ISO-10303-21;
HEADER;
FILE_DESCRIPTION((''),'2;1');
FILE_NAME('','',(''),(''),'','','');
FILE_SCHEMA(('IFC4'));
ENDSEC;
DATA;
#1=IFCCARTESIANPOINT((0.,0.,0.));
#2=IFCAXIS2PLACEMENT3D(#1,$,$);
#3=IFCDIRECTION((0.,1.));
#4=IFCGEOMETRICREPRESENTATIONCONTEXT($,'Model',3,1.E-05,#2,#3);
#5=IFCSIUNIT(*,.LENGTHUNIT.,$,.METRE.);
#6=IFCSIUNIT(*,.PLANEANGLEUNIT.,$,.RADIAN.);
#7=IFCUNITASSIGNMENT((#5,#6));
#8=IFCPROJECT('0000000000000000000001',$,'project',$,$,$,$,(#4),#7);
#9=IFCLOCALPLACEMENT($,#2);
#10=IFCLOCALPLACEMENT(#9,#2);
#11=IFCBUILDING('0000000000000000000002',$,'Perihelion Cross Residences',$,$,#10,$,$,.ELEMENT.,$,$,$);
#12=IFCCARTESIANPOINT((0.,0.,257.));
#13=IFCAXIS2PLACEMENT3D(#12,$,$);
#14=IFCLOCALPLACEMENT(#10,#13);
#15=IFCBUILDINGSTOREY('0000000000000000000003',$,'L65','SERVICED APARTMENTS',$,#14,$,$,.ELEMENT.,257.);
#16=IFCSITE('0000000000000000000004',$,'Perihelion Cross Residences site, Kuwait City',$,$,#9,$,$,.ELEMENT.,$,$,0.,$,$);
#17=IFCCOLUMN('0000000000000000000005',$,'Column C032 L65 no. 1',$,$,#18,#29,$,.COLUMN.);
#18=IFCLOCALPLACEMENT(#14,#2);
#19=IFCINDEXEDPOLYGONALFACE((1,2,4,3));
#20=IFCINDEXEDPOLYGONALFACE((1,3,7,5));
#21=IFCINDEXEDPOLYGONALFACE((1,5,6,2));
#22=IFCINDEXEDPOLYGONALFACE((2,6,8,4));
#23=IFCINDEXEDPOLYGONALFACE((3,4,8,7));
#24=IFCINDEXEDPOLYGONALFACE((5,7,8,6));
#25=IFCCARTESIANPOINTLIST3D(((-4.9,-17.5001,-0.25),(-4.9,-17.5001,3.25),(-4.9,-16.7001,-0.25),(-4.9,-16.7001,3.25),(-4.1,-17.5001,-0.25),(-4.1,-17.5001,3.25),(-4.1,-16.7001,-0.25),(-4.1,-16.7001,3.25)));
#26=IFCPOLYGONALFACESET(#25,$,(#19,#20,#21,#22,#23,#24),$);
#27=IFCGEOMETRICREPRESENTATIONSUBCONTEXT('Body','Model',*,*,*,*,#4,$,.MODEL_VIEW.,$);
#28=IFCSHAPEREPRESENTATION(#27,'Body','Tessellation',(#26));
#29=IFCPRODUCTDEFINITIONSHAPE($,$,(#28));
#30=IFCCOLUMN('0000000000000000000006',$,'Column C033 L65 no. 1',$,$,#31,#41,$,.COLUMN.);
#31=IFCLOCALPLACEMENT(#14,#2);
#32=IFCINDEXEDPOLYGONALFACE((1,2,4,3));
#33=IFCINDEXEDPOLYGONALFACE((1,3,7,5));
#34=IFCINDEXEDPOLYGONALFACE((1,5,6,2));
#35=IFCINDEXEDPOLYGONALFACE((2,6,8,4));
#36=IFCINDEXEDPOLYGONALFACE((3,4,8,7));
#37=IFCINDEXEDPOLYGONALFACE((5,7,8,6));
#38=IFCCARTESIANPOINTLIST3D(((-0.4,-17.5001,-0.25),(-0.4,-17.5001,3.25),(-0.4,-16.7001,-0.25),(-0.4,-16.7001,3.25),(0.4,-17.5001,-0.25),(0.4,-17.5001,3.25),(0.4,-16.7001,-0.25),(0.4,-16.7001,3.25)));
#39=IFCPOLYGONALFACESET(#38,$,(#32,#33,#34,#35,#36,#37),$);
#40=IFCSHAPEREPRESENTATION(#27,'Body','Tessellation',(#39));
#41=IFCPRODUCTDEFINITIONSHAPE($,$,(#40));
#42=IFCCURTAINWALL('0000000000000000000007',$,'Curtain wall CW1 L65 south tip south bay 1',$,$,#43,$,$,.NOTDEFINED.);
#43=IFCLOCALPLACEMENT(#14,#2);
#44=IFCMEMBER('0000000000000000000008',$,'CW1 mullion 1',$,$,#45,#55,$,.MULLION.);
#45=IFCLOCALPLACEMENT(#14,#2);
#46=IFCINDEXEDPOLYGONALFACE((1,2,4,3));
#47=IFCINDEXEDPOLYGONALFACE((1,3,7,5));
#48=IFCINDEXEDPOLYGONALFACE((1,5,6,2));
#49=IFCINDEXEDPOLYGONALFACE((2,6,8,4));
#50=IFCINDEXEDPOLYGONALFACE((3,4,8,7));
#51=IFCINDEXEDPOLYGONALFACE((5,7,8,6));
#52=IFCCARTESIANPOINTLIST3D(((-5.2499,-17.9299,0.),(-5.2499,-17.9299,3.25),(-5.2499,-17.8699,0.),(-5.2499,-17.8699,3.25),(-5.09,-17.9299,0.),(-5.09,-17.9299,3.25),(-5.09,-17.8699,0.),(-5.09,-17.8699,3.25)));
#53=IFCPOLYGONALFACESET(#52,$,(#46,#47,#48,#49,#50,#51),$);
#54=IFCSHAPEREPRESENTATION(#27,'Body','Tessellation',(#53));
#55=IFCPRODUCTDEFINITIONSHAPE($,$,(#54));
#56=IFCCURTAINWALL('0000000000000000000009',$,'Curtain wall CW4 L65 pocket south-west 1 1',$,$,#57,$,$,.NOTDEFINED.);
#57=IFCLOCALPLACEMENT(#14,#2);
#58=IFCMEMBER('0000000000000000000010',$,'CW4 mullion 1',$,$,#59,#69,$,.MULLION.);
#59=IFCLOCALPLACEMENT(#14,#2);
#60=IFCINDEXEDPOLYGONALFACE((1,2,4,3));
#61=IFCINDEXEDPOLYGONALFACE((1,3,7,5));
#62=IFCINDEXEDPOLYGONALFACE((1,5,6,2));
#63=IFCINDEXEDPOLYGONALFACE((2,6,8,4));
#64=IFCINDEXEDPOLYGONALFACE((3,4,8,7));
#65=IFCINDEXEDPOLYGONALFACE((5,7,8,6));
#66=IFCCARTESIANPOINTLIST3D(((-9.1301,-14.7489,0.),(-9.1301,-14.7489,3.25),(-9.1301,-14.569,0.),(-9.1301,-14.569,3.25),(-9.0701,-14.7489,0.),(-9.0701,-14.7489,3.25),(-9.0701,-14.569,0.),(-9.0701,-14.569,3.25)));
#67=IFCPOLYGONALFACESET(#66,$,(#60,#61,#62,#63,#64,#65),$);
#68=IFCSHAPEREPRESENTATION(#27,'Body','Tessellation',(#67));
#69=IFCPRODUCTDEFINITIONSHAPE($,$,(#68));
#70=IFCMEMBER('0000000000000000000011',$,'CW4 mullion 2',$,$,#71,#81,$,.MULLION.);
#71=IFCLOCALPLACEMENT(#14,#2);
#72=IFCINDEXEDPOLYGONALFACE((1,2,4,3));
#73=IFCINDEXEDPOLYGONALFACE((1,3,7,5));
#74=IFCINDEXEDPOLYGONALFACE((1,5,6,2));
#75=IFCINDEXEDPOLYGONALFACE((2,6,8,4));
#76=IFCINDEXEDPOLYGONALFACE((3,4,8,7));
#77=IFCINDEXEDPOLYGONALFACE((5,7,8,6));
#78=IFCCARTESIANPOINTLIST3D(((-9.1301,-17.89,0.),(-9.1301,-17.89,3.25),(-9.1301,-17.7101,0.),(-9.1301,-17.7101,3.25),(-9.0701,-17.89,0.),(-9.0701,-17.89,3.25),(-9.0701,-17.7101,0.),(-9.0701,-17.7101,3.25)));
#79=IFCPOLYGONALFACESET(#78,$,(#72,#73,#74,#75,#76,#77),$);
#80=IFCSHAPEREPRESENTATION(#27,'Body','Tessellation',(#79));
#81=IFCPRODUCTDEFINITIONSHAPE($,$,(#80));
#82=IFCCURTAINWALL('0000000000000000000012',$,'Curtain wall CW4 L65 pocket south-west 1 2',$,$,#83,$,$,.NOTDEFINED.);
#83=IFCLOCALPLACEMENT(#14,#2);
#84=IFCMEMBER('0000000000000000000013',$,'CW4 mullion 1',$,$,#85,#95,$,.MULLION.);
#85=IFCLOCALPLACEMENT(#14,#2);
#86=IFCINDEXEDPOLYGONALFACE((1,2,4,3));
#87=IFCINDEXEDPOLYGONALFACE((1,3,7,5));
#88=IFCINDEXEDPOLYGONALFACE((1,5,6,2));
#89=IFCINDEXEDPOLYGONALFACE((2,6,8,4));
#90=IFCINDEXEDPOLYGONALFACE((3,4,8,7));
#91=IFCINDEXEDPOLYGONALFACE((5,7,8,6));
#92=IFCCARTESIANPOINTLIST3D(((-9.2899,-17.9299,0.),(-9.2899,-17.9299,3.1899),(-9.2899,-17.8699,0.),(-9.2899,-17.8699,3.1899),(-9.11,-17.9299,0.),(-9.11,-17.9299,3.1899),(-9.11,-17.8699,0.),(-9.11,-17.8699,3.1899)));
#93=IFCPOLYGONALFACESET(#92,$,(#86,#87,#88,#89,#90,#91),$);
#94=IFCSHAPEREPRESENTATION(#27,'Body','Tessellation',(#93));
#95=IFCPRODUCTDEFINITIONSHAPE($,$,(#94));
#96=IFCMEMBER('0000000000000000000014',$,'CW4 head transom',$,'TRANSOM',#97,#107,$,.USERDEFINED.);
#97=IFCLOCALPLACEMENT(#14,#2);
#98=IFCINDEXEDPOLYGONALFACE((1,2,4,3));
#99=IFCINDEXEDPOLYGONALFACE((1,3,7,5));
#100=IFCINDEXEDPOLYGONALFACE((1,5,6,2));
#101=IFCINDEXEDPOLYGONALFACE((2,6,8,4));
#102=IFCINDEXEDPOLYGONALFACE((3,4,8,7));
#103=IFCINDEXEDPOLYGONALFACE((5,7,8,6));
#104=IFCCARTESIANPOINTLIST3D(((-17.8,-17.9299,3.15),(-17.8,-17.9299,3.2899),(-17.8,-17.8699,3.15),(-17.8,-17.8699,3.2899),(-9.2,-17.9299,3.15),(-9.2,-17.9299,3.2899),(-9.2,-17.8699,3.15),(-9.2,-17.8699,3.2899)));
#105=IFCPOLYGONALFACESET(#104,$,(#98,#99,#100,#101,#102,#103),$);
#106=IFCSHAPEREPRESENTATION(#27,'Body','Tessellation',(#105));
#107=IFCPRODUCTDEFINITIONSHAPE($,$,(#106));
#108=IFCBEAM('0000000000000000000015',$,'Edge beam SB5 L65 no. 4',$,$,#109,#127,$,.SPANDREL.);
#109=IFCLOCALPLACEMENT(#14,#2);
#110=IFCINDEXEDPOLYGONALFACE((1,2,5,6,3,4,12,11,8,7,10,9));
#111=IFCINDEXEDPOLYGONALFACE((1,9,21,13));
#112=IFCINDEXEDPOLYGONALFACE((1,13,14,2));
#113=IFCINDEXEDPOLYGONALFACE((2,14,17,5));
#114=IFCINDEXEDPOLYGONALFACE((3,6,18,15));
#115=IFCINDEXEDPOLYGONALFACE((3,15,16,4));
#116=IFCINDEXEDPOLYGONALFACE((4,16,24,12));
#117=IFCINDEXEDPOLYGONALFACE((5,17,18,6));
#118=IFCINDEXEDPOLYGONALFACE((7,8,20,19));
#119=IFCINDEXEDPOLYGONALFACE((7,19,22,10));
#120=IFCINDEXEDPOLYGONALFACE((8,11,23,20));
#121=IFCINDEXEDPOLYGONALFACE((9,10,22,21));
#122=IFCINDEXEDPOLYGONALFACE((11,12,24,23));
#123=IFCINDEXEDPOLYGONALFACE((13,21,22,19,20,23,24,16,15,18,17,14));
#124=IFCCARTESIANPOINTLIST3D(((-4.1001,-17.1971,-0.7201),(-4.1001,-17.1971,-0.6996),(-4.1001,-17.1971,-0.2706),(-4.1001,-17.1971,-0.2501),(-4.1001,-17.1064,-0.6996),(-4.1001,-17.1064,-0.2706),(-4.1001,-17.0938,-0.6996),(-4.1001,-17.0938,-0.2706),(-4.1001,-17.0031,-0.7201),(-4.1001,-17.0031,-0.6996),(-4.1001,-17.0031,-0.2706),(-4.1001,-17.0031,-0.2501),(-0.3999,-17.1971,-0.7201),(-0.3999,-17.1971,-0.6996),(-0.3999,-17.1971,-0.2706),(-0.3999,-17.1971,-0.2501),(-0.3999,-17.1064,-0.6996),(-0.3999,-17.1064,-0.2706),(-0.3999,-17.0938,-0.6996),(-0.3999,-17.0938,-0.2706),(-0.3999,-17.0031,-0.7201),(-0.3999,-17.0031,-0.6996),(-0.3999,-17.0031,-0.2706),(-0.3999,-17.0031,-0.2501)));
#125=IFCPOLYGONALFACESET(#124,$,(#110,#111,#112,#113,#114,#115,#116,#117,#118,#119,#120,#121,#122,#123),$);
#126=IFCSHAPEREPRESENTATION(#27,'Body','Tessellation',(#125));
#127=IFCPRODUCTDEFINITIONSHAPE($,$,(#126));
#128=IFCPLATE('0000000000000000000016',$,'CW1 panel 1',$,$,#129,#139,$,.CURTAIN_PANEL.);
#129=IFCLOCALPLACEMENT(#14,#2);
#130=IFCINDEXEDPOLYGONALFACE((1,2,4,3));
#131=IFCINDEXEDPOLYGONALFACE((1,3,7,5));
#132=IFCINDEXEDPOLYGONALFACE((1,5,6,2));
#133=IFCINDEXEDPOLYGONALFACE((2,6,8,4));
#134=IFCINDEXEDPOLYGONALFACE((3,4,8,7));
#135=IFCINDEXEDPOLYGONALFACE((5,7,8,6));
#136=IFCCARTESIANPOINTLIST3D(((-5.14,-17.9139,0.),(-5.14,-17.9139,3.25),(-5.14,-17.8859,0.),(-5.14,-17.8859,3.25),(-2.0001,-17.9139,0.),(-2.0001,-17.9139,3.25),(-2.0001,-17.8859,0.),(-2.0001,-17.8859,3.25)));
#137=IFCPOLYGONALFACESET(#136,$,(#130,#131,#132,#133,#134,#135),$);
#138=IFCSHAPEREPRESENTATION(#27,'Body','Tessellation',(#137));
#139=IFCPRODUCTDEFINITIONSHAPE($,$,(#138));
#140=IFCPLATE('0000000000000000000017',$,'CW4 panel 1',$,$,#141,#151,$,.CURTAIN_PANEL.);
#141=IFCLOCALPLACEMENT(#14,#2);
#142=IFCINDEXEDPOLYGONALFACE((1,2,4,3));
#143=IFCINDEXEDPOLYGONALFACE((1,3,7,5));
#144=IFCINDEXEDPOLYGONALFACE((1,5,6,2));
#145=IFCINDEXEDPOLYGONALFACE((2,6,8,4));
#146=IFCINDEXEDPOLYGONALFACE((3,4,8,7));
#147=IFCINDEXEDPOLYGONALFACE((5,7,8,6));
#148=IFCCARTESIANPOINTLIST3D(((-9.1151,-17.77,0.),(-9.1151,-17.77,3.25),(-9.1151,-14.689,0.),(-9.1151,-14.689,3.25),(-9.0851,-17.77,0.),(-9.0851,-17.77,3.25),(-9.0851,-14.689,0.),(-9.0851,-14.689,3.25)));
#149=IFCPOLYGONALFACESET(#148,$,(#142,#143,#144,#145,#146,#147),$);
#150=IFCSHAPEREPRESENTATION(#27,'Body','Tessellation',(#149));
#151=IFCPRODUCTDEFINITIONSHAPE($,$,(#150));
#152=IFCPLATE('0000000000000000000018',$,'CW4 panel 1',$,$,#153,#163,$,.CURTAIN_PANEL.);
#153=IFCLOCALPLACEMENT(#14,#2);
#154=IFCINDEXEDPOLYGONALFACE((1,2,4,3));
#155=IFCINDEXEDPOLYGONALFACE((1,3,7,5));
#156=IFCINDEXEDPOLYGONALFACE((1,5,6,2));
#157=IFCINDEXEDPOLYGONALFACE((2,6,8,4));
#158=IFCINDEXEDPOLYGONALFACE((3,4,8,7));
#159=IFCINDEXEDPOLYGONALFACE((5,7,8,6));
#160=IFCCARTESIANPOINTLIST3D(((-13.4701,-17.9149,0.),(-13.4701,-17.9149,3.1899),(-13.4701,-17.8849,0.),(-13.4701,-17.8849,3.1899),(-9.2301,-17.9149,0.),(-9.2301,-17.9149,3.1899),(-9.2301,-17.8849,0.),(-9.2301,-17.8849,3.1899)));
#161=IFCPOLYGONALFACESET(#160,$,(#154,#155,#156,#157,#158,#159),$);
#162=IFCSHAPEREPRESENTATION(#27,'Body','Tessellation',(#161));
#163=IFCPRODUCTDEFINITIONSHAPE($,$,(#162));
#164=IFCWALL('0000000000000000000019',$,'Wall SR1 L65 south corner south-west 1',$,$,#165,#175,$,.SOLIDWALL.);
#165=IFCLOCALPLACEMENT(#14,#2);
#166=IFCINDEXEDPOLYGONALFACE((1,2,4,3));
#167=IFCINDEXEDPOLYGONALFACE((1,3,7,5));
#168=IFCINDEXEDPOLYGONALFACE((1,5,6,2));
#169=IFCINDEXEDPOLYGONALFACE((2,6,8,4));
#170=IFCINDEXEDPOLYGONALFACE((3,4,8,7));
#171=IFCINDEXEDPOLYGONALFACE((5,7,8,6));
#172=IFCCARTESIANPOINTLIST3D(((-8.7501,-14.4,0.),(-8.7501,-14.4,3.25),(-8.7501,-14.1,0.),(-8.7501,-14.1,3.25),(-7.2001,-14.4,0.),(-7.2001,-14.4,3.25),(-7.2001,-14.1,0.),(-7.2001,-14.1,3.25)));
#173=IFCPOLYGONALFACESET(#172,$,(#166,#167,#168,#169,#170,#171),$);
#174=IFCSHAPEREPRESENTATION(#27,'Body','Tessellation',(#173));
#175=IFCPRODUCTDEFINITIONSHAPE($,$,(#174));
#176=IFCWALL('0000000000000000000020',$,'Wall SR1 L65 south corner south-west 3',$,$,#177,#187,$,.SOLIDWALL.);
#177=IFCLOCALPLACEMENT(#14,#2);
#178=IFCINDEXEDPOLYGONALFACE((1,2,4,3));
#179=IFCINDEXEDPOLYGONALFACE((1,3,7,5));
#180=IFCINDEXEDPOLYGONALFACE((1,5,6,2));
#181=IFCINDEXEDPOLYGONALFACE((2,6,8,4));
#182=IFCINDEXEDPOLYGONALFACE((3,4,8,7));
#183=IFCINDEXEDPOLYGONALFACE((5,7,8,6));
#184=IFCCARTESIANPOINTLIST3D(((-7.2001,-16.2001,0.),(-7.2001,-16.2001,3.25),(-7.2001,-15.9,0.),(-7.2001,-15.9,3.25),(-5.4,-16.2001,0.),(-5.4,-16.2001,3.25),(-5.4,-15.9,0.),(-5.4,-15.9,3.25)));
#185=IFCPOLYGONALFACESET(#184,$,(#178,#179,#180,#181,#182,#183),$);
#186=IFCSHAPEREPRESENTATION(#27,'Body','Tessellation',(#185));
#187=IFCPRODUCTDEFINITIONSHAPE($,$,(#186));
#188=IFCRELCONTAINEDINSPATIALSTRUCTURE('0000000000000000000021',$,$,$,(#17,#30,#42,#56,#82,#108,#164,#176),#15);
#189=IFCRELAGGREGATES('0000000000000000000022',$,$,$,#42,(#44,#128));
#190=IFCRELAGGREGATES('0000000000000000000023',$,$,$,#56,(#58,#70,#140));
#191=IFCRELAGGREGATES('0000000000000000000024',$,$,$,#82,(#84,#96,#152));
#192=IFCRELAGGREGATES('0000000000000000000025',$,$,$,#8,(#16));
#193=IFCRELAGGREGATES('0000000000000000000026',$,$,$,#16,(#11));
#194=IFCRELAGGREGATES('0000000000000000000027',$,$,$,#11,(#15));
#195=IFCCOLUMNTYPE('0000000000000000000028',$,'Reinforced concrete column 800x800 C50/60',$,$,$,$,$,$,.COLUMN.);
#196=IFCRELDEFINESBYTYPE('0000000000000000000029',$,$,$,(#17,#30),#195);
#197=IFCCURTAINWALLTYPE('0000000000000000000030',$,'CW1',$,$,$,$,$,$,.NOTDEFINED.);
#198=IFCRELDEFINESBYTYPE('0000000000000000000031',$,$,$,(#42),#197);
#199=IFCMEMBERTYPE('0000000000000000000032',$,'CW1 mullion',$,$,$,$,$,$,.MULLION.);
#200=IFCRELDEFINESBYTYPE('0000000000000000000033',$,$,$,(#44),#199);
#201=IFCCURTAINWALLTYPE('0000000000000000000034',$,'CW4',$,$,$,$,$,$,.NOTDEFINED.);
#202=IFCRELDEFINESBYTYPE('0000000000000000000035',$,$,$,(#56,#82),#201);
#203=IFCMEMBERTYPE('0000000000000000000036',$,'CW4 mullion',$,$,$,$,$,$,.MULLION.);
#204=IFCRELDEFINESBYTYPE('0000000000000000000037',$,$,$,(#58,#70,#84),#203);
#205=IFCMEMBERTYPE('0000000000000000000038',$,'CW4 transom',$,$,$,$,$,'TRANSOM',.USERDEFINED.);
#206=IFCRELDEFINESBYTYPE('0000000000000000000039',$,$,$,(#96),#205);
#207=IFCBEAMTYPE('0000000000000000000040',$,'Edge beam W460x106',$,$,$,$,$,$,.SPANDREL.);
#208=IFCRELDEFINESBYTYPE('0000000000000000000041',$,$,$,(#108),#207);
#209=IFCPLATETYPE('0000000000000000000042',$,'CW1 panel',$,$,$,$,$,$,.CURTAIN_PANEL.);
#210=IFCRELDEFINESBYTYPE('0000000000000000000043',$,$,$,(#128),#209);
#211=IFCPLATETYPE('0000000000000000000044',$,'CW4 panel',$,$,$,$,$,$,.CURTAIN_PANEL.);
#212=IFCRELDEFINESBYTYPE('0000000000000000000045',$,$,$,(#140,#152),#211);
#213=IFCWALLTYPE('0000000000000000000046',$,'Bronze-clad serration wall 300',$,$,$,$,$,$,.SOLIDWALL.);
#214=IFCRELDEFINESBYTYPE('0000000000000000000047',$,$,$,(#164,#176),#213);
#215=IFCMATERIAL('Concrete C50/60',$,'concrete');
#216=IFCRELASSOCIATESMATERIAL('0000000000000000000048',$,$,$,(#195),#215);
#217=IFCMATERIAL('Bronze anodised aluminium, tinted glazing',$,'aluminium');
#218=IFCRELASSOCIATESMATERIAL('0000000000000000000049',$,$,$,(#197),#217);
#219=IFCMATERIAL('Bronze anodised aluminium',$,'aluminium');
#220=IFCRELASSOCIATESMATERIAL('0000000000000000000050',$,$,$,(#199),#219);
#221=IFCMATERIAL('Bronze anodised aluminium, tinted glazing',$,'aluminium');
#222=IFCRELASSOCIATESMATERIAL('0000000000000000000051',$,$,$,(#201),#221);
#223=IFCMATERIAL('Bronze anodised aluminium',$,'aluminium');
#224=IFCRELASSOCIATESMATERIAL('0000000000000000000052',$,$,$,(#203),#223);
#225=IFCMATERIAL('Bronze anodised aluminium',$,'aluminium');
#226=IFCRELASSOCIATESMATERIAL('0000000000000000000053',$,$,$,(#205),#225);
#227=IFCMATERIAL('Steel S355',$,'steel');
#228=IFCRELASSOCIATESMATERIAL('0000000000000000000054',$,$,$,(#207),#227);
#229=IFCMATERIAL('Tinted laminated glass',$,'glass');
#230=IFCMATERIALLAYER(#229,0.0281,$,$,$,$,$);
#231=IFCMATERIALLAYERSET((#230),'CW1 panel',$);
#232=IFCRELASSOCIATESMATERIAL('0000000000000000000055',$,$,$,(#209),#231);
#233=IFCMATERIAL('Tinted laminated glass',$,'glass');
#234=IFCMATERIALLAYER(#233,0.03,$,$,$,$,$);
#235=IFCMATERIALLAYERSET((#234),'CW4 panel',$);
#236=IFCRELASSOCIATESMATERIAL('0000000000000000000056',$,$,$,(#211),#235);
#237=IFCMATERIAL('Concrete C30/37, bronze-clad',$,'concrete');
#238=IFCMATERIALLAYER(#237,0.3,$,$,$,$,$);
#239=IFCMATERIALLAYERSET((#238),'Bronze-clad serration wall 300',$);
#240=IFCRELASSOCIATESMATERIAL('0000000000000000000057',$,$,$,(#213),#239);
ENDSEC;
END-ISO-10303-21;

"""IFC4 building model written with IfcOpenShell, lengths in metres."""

from ifc_helpers import new_model, si_unit, direction, frame, frame_2d, origin, origin_2d, place, context, subcontext, project, spatial, rectangle, i_section, extrude, material, layer, layer_set, material_profile, profile_set, type_object, element, aggregate, save


model = new_model("IFC4")

# Units and contexts
model_context = context("Model", 3, precision=1e-05, world=origin(), true_north=direction((0.0, 1.0)))
body_context = subcontext(model_context, "Body", "Model", "MODEL_VIEW")
ifc_project = project(units=[si_unit("LENGTHUNIT", "METRE"), si_unit("PLANEANGLEUNIT", "RADIAN")], contexts=[model_context])

# Site, building, storey
site_placement = place(None, origin())
site = spatial("IfcSite", under=ifc_project, at=site_placement, Name="Perihelion Cross Residences site, Kuwait City", CompositionType="ELEMENT", RefElevation=0.0)
building_placement = place(site_placement, origin())
building = spatial("IfcBuilding", under=site, at=building_placement, Name="Perihelion Cross Residences", CompositionType="ELEMENT")
storey_placement = place(building_placement, frame((0.0, 0.0, 257.0)))
storey = spatial("IfcBuildingStorey", under=building, at=storey_placement, Name="L65", Description="SERVICED APARTMENTS", CompositionType="ELEMENT", Elevation=257.0)

# Columns
ifc_material_1 = material(Name="Concrete C50/60", Category="concrete")
ifc_material_profile_1 = material_profile(ifc_material_1, rectangle(XDim=0.8, YDim=0.8, at=origin_2d()), Name="RC 800x800")
ifc_profile_set_1 = profile_set([ifc_material_profile_1], Name="Concrete C50/60")
column_type = type_object("IfcColumnType", Name="Reinforced concrete column 800x800 C50/60", PredefinedType="COLUMN", material=ifc_profile_set_1)
for number, where, z_axis, x_axis, name in (
    (1, (-4.5, -17.1001, -0.25), (0.0, 0.0, 1.0), (1.0, 0.0, 0.0), "Column C032 L65 no. 1"),
    (2, (0.0, -17.1001, -0.25), (0.0, 0.0, 1.0), (1.0, 0.0, 0.0), "Column C033 L65 no. 1"),
):
    element("IfcColumn", number, at=place(storey_placement, frame(where, z_axis=z_axis, x_axis=x_axis)), inside=storey, type_object=column_type, Name=name, PredefinedType="COLUMN", context=body_context, shape_type="SweptSolid", body=[
        extrude(rectangle(XDim=0.8, YDim=0.8, at=origin_2d()), origin(), (0.0, 0.0, 1.0), 3.5),
    ])

# Curtain wall, member
ifc_material_2 = material(Name="Bronze anodised aluminium, tinted glazing", Category="aluminium")
curtain_wall_type_1 = type_object("IfcCurtainWallType", Name="CW1", PredefinedType="NOTDEFINED", material=ifc_material_2)
curtain_wall_1_placement = place(storey_placement, origin())
curtain_wall_1 = element("IfcCurtainWall", 3, at=curtain_wall_1_placement, inside=storey, type_object=curtain_wall_type_1, Name="Curtain wall CW1 L65 south tip south bay 1", PredefinedType="NOTDEFINED")
ifc_material_3 = material(Name="Bronze anodised aluminium", Category="aluminium")
ifc_material_profile_2 = material_profile(ifc_material_3, rectangle(XDim=0.0601, YDim=0.1599, at=origin_2d()), Name="CW1 mullion")
ifc_profile_set_2 = profile_set([ifc_material_profile_2], Name="Bronze anodised aluminium")
member_type_1 = type_object("IfcMemberType", Name="CW1 mullion", PredefinedType="MULLION", material=ifc_profile_set_2)
member_1_placement = place(storey_placement, frame((-5.1699, -17.8999, 0.0), z_axis=(0.0, 0.0, 1.0), x_axis=(0.0, 1.0, 0.0)))
member_1 = element("IfcMember", 4, at=member_1_placement, type_object=member_type_1, Name="CW1 mullion 1", PredefinedType="MULLION", context=body_context, shape_type="SweptSolid", body=[
    extrude(rectangle(XDim=0.0601, YDim=0.1599, at=origin_2d()), origin(), (0.0, 0.0, 1.0), 3.25),
])

# Curtain walls, members
ifc_material_4 = material(Name="Bronze anodised aluminium, tinted glazing", Category="aluminium")
curtain_wall_type_2 = type_object("IfcCurtainWallType", Name="CW4", PredefinedType="NOTDEFINED", material=ifc_material_4)
curtain_wall_2_placement = place(storey_placement, origin())
curtain_wall_2 = element("IfcCurtainWall", 5, at=curtain_wall_2_placement, inside=storey, type_object=curtain_wall_type_2, Name="Curtain wall CW4 L65 pocket south-west 1 1", PredefinedType="NOTDEFINED")
ifc_material_5 = material(Name="Bronze anodised aluminium", Category="aluminium")
ifc_material_profile_3 = material_profile(ifc_material_5, rectangle(XDim=0.0601, YDim=0.1799, at=origin_2d()), Name="CW4 mullion")
ifc_profile_set_3 = profile_set([ifc_material_profile_3], Name="Bronze anodised aluminium")
member_type_2 = type_object("IfcMemberType", Name="CW4 mullion", PredefinedType="MULLION", material=ifc_profile_set_3)
member_2_placement = place(storey_placement, frame((-9.1001, -14.6589, 0.0), z_axis=(0.0, 0.0, 1.0), x_axis=(1.0, 0.0, 0.0)))
member_2 = element("IfcMember", 6, at=member_2_placement, type_object=member_type_2, Name="CW4 mullion 1", PredefinedType="MULLION", context=body_context, shape_type="SweptSolid", body=[
    extrude(rectangle(XDim=0.0601, YDim=0.1799, at=origin_2d()), origin(), (0.0, 0.0, 1.0), 3.25),
])
member_3_placement = place(storey_placement, frame((-9.1001, -17.8, 0.0), z_axis=(0.0, 0.0, 1.0), x_axis=(1.0, 0.0, 0.0)))
member_3 = element("IfcMember", 7, at=member_3_placement, type_object=member_type_2, Name="CW4 mullion 2", PredefinedType="MULLION", context=body_context, shape_type="SweptSolid", body=[
    extrude(rectangle(XDim=0.0601, YDim=0.1799, at=origin_2d()), origin(), (0.0, 0.0, 1.0), 3.25),
])
curtain_wall_3_placement = place(storey_placement, origin())
curtain_wall_3 = element("IfcCurtainWall", 8, at=curtain_wall_3_placement, inside=storey, type_object=curtain_wall_type_2, Name="Curtain wall CW4 L65 pocket south-west 1 2", PredefinedType="NOTDEFINED")
member_4_placement = place(storey_placement, frame((-9.2, -17.8999, 0.0), z_axis=(0.0, 0.0, 1.0), x_axis=(0.0, -1.0, 0.0)))
member_4 = element("IfcMember", 9, at=member_4_placement, type_object=member_type_2, Name="CW4 mullion 1", PredefinedType="MULLION", context=body_context, shape_type="SweptSolid", body=[
    extrude(rectangle(XDim=0.0601, YDim=0.1799, at=origin_2d()), origin(), (0.0, 0.0, 1.0), 3.1899),
])
ifc_material_6 = material(Name="Bronze anodised aluminium", Category="aluminium")
ifc_material_profile_4 = material_profile(ifc_material_6, rectangle(XDim=0.0601, YDim=0.1399, at=origin_2d()), Name="CW4 transom")
ifc_profile_set_4 = profile_set([ifc_material_profile_4], Name="Bronze anodised aluminium")
member_type_3 = type_object("IfcMemberType", Name="CW4 transom", ElementType="TRANSOM", PredefinedType="USERDEFINED", material=ifc_profile_set_4)
member_5_placement = place(storey_placement, frame((-9.2, -17.8999, 3.22), z_axis=(-1.0, 0.0, 0.0), x_axis=(0.0, -1.0, 0.0)))
member_5 = element("IfcMember", 10, at=member_5_placement, type_object=member_type_3, Name="CW4 head transom", ObjectType="TRANSOM", PredefinedType="USERDEFINED", context=body_context, shape_type="SweptSolid", body=[
    extrude(rectangle(XDim=0.0601, YDim=0.1399, at=origin_2d()), origin(), (0.0, 0.0, 1.0), 8.6001),
])

# Beam
ifc_material_7 = material(Name="Steel S355", Category="steel")
ifc_material_profile_5 = material_profile(ifc_material_7, i_section(OverallWidth=0.1941, OverallDepth=0.47, WebThickness=0.0127, FlangeThickness=0.0205, at=origin_2d()), Name="W460x106")
ifc_profile_set_5 = profile_set([ifc_material_profile_5], Name="Steel S355")
beam_type = type_object("IfcBeamType", Name="Edge beam W460x106", PredefinedType="SPANDREL", material=ifc_profile_set_5)
beam_placement = place(storey_placement, frame((-4.1001, -17.1001, -0.4851), z_axis=(1.0, 0.0, 0.0), x_axis=(0.0, 1.0, 0.0)))
element("IfcBeam", 11, at=beam_placement, inside=storey, type_object=beam_type, Name="Edge beam SB5 L65 no. 4", PredefinedType="SPANDREL", context=body_context, shape_type="SweptSolid", body=[
    extrude(i_section(OverallWidth=0.1941, OverallDepth=0.47, WebThickness=0.0127, FlangeThickness=0.0205, at=origin_2d()), origin(), (0.0, 0.0, 1.0), 3.7002),
])

# Plates
ifc_material_8 = material(Name="Tinted laminated glass", Category="glass")
ifc_layer_1 = layer(ifc_material_8, 0.0281)
ifc_layer_set_1 = layer_set([ifc_layer_1], Name="CW1 panel")
plate_type_1 = type_object("IfcPlateType", Name="CW1 panel", PredefinedType="CURTAIN_PANEL", material=ifc_layer_set_1)
plate_1_placement = place(storey_placement, frame((-3.5701, -17.8999, 0.0), z_axis=(0.0, 0.0, 1.0), x_axis=(1.0, 0.0, 0.0)))
plate_1 = element("IfcPlate", 12, at=plate_1_placement, type_object=plate_type_1, Name="CW1 panel 1", PredefinedType="CURTAIN_PANEL", context=body_context, shape_type="SweptSolid", body=[
    extrude(rectangle(XDim=3.1399, YDim=0.0281, at=origin_2d()), origin(), (0.0, 0.0, 1.0), 3.25),
])
aggregate(curtain_wall_1, [member_1, plate_1])
ifc_material_9 = material(Name="Tinted laminated glass", Category="glass")
ifc_layer_2 = layer(ifc_material_9, 0.03)
ifc_layer_set_2 = layer_set([ifc_layer_2], Name="CW4 panel")
plate_type_2 = type_object("IfcPlateType", Name="CW4 panel", PredefinedType="CURTAIN_PANEL", material=ifc_layer_set_2)
plate_2_placement = place(storey_placement, frame((-9.1001, -16.2295, 0.0), z_axis=(0.0, 0.0, 1.0), x_axis=(0.0, -1.0, 0.0)))
plate_2 = element("IfcPlate", 13, at=plate_2_placement, type_object=plate_type_2, Name="CW4 panel 1", PredefinedType="CURTAIN_PANEL", context=body_context, shape_type="SweptSolid", body=[
    extrude(rectangle(XDim=3.0811, YDim=0.03, at=origin_2d()), origin(), (0.0, 0.0, 1.0), 3.25),
])
aggregate(curtain_wall_2, [member_2, member_3, plate_2])
plate_3_placement = place(storey_placement, frame((-11.3501, -17.8999, 0.0), z_axis=(0.0, 0.0, 1.0), x_axis=(-1.0, 0.0, 0.0)))
plate_3 = element("IfcPlate", 14, at=plate_3_placement, type_object=plate_type_2, Name="CW4 panel 1", PredefinedType="CURTAIN_PANEL", context=body_context, shape_type="SweptSolid", body=[
    extrude(rectangle(XDim=4.24, YDim=0.03, at=origin_2d()), origin(), (0.0, 0.0, 1.0), 3.1899),
])
aggregate(curtain_wall_3, [member_4, member_5, plate_3])

# Walls
ifc_material_10 = material(Name="Concrete C30/37, bronze-clad", Category="concrete")
ifc_layer_3 = layer(ifc_material_10, 0.3)
ifc_layer_set_3 = layer_set([ifc_layer_3], Name="Bronze-clad serration wall 300")
wall_type_1 = type_object("IfcWallType", Name="Bronze-clad serration wall 300", PredefinedType="SOLIDWALL", material=ifc_layer_set_3)
wall_1_placement = place(storey_placement, frame((-8.75, -14.25, 0.0), z_axis=(0.0, 0.0, 1.0), x_axis=(1.0, 0.0, 0.0)))
element("IfcWall", 15, at=wall_1_placement, inside=storey, type_object=wall_type_1, Name="Wall SR1 L65 south corner south-west 1", PredefinedType="SOLIDWALL", context=body_context, shape_type="SweptSolid", body=[
    extrude(rectangle(XDim=1.55, YDim=0.3, at=frame_2d((0.7749, 0.0))), origin(), (0.0, 0.0, 1.0), 3.25),
])
wall_2_placement = place(storey_placement, frame((-7.2, -16.05, 0.0), z_axis=(0.0, 0.0, 1.0), x_axis=(1.0, 0.0, 0.0)))
element("IfcWall", 16, at=wall_2_placement, inside=storey, type_object=wall_type_1, Name="Wall SR1 L65 south corner south-west 3", PredefinedType="SOLIDWALL", context=body_context, shape_type="SweptSolid", body=[
    extrude(rectangle(XDim=1.8, YDim=0.3, at=frame_2d((0.8999, 0.0))), origin(), (0.0, 0.0, 1.0), 3.25),
])

save(model, "model.ifc")
